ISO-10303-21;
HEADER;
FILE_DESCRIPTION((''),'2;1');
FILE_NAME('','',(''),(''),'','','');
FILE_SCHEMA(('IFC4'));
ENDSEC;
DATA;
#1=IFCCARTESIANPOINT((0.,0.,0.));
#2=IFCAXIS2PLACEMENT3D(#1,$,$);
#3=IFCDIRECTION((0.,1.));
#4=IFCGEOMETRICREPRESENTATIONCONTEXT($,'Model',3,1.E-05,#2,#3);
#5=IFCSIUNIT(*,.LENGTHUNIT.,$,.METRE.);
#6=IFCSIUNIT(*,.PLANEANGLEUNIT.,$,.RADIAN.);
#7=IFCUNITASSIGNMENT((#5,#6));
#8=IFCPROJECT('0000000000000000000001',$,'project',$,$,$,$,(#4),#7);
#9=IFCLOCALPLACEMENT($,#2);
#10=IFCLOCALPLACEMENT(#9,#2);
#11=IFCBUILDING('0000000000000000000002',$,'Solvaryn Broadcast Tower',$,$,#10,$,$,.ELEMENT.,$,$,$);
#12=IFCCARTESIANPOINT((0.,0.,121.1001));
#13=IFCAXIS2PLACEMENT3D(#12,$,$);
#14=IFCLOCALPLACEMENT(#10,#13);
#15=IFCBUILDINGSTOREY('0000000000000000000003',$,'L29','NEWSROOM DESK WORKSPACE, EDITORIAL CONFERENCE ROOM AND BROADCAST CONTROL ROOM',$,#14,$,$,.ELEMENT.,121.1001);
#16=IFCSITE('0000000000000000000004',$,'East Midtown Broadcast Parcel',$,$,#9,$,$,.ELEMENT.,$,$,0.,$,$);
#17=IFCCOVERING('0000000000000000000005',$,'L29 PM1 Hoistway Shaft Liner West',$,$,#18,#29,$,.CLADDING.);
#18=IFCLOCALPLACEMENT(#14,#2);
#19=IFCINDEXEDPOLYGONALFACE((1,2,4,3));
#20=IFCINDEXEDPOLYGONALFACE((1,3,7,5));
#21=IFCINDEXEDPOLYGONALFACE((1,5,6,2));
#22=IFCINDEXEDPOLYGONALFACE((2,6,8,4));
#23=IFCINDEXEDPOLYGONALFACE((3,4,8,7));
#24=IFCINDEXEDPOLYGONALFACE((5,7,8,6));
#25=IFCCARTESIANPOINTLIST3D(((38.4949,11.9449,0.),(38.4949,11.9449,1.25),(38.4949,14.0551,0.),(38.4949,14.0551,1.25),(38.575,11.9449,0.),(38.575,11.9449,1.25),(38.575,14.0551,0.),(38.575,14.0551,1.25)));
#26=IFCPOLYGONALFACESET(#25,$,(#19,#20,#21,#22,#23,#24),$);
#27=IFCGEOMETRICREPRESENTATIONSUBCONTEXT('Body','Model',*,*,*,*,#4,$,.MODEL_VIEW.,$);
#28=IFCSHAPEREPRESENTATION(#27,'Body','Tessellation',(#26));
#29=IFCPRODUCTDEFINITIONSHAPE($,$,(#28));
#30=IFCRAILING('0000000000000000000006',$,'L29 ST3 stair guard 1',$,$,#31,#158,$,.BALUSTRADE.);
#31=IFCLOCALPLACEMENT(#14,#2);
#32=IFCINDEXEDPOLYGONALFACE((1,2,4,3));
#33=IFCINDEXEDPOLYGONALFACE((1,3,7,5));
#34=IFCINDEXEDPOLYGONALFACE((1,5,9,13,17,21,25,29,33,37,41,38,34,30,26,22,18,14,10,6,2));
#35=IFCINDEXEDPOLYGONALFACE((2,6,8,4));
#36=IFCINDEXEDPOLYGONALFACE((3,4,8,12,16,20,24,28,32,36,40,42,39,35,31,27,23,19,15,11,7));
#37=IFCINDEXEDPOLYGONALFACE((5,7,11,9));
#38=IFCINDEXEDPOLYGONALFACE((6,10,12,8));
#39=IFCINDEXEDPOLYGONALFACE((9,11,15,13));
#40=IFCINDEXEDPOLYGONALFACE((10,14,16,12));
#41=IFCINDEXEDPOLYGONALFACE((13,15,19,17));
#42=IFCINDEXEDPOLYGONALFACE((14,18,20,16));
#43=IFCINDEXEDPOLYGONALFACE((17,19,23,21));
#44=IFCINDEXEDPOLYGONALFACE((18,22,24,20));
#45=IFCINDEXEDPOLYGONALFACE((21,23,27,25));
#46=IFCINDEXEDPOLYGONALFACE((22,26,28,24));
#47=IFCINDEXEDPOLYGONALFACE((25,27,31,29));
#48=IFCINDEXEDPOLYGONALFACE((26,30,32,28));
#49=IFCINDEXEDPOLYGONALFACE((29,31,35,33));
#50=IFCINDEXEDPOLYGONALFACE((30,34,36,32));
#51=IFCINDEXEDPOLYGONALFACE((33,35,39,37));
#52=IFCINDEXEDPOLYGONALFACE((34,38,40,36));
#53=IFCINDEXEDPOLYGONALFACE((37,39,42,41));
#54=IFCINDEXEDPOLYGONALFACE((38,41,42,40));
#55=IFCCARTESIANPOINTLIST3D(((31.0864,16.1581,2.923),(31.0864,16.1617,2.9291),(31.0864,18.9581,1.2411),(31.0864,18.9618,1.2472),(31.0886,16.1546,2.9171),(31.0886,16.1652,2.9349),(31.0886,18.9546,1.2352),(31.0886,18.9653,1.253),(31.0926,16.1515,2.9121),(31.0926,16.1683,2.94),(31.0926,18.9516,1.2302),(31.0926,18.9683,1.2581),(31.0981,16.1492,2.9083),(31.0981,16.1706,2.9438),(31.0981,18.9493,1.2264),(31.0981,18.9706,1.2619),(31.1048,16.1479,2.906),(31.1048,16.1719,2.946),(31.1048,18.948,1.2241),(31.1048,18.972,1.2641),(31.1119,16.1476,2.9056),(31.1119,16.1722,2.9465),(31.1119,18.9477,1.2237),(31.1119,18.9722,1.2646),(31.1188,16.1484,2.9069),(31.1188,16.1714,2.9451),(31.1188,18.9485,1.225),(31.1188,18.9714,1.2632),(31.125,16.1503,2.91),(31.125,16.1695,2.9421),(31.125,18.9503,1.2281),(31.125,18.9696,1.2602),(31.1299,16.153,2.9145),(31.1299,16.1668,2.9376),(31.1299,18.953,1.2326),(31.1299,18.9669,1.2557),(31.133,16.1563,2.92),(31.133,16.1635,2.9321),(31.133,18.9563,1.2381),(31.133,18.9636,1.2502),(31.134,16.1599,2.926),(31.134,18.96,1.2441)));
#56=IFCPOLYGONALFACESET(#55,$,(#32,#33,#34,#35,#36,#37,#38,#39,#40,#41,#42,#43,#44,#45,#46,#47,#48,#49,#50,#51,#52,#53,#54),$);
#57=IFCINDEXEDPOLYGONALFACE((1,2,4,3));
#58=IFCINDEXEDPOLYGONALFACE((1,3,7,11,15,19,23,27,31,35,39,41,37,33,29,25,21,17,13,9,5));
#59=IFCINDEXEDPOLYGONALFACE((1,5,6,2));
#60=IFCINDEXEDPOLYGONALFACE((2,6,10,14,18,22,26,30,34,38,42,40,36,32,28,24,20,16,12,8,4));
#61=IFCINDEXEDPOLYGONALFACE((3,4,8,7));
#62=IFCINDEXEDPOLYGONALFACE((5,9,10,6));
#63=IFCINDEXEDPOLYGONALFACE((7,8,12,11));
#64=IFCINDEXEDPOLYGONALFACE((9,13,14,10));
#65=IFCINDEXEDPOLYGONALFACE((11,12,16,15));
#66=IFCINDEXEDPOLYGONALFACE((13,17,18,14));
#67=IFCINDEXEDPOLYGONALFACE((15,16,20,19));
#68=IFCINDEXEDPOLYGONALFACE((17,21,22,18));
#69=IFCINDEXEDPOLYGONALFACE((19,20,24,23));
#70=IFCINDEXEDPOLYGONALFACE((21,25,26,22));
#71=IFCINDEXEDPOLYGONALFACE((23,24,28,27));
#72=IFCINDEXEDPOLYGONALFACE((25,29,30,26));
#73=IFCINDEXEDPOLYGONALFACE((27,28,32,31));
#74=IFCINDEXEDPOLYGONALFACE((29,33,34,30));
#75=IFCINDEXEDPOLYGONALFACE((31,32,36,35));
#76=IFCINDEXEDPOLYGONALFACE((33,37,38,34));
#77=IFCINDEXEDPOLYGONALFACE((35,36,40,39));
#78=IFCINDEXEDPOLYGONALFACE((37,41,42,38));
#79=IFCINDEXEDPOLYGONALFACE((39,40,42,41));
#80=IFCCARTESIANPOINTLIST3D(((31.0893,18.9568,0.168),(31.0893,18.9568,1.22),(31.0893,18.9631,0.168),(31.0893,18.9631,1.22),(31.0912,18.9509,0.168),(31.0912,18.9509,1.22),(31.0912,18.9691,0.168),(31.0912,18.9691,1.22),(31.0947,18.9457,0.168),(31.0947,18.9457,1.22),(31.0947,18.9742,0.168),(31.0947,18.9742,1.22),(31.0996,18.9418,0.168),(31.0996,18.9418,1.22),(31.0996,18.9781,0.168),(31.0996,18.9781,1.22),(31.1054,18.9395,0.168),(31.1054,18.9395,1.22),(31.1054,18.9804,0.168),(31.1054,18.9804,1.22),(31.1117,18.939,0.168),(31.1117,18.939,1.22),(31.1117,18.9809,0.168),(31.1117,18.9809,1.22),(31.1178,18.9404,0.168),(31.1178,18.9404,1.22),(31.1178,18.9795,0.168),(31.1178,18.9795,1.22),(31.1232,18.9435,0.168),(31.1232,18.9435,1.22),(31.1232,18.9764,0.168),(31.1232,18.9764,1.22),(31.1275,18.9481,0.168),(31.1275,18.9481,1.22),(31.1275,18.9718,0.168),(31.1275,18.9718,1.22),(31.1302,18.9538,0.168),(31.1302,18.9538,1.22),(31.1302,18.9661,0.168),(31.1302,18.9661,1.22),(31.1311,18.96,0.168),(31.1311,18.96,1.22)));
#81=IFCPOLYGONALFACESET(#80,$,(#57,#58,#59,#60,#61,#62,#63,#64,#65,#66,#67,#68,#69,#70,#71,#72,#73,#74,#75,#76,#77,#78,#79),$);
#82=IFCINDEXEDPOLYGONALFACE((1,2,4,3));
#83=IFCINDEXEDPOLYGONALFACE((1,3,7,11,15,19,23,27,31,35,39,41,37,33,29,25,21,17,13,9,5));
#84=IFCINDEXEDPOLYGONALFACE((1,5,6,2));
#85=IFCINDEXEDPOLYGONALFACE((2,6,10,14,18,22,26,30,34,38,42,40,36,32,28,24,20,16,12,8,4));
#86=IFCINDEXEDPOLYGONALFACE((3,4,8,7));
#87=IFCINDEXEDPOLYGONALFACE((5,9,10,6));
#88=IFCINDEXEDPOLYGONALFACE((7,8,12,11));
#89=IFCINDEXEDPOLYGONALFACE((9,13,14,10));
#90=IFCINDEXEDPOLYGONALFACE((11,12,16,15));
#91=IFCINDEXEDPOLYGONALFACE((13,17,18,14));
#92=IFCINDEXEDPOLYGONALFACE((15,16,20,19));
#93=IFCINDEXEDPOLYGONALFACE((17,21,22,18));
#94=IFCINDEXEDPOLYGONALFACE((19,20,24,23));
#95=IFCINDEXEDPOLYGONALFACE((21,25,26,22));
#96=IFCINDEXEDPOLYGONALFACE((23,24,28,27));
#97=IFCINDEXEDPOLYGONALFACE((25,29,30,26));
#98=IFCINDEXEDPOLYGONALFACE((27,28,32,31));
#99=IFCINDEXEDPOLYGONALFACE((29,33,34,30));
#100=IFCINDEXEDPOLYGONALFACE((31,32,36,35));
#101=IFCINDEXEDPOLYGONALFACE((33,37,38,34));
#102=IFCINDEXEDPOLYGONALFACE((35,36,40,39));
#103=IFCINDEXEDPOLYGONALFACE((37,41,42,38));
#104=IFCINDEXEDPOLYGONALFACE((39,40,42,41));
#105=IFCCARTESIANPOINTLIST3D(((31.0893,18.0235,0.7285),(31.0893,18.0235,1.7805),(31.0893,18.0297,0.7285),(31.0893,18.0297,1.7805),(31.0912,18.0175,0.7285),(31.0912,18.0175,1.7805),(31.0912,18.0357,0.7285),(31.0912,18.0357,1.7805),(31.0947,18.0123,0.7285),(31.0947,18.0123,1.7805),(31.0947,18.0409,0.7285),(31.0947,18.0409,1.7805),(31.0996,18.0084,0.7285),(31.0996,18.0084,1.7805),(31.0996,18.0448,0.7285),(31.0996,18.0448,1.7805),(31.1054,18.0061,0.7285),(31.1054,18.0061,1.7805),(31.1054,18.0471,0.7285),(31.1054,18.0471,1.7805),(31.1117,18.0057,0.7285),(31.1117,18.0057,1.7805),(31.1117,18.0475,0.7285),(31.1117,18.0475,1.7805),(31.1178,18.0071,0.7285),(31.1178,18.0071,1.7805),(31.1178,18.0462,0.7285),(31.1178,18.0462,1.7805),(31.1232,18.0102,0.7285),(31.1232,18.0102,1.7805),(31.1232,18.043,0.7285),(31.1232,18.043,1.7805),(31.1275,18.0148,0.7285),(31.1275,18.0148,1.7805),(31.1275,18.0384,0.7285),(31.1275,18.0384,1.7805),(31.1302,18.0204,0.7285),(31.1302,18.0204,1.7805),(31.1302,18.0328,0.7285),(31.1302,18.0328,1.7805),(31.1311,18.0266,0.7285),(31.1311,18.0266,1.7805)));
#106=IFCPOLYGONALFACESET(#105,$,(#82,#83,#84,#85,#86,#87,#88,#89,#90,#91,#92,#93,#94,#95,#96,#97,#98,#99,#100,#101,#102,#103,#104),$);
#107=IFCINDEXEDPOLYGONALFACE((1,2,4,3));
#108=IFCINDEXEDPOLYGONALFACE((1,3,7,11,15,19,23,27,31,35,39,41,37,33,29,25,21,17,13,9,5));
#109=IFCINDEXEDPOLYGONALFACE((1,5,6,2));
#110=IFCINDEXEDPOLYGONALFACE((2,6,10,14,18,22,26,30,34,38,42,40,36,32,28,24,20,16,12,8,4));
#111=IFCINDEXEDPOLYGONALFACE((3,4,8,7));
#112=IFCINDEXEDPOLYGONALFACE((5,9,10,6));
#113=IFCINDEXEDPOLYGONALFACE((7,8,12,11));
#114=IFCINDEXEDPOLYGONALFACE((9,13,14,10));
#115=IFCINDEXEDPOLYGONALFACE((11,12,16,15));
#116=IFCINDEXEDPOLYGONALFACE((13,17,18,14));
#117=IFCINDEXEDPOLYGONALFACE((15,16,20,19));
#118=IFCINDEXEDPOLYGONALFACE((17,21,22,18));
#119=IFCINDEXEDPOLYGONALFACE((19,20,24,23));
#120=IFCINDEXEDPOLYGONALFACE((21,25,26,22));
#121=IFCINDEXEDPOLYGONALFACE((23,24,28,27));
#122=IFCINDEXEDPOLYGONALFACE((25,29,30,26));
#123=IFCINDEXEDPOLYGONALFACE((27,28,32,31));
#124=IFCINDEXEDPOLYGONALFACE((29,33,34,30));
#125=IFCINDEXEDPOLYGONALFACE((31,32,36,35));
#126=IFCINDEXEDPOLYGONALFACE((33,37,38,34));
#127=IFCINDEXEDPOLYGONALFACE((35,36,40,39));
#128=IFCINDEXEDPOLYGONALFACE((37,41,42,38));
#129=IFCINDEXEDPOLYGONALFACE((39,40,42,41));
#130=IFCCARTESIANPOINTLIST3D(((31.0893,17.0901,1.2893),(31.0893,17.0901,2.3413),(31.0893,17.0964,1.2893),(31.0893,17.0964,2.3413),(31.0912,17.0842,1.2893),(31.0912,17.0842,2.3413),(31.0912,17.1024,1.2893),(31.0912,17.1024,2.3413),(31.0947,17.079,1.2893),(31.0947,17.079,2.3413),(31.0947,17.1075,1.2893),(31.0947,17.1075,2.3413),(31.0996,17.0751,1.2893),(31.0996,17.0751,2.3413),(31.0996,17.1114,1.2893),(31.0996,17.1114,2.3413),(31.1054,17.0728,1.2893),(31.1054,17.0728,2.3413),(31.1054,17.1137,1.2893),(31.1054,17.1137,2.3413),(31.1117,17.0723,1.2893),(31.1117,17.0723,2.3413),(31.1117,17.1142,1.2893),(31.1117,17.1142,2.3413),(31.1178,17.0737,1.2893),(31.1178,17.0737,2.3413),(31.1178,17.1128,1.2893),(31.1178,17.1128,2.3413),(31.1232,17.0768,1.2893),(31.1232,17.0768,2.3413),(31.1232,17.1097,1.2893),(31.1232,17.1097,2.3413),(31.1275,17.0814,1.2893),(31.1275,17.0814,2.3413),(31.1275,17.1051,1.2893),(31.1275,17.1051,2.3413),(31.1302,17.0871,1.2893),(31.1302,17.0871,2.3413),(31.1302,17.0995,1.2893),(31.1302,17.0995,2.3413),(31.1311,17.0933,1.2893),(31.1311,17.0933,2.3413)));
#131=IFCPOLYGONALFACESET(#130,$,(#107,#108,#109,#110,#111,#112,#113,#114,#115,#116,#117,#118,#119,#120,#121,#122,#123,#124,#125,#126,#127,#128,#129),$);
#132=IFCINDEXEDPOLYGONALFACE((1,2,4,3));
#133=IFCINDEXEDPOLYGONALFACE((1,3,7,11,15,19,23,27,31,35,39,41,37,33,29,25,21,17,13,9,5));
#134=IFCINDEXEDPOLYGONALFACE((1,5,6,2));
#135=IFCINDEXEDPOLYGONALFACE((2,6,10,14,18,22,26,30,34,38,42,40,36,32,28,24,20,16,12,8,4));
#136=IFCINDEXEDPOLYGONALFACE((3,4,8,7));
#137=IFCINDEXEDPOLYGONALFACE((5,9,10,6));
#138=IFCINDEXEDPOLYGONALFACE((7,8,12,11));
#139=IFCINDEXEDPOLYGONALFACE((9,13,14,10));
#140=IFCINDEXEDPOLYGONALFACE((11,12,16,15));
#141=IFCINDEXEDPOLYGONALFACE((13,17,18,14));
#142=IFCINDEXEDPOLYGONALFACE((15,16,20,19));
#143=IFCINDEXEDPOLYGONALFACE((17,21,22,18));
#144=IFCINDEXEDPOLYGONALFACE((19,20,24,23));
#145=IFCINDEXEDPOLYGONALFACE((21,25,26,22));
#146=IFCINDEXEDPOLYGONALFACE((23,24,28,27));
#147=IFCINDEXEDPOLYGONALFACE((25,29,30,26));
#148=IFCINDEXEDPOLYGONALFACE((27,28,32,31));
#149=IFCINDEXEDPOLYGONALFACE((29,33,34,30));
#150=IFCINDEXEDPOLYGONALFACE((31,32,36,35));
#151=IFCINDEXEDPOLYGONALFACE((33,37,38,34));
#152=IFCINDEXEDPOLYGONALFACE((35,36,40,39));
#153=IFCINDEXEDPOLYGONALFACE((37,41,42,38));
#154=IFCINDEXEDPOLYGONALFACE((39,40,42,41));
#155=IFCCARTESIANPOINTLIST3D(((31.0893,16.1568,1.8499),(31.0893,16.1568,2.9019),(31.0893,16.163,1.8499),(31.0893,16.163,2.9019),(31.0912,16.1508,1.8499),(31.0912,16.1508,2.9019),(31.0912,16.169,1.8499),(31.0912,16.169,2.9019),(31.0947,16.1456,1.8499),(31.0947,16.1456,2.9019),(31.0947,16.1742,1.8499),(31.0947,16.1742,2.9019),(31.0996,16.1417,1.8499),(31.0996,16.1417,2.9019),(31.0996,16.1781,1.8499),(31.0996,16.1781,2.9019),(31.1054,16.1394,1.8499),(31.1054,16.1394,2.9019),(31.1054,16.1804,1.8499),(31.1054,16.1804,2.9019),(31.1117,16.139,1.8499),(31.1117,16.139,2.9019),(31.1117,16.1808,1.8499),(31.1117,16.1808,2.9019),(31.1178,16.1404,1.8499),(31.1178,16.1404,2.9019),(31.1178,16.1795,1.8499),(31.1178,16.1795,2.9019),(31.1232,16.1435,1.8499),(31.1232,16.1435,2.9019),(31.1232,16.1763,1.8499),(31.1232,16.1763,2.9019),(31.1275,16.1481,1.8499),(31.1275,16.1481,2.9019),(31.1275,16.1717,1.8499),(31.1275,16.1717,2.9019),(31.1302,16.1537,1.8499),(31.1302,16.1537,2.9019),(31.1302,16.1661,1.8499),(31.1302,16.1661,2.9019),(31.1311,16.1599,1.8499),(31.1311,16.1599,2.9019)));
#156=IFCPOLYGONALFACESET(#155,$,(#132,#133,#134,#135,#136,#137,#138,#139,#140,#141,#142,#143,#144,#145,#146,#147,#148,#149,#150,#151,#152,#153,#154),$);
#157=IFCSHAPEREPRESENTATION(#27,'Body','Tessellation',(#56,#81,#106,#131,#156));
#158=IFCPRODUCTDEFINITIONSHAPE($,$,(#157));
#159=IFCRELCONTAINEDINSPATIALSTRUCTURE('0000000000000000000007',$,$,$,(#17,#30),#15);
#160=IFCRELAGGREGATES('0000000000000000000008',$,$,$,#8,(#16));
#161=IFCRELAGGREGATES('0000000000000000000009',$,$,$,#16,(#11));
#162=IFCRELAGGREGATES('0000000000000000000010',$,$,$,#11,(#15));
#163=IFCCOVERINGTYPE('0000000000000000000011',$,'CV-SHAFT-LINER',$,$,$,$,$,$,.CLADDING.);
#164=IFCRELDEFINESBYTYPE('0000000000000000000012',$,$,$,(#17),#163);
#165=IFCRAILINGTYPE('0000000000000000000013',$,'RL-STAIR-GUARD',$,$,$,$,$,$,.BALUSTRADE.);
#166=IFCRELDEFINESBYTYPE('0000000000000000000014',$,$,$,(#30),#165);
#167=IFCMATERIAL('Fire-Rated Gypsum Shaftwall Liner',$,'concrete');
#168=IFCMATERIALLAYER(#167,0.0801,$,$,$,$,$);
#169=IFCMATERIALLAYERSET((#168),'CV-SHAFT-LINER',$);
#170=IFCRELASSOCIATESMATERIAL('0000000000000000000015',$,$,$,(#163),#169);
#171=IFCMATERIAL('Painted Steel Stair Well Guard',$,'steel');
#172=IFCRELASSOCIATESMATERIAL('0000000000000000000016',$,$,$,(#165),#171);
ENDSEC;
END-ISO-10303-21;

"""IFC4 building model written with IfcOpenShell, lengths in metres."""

from ifc_helpers import new_model, si_unit, direction, frame, origin, origin_2d, place, context, subcontext, project, spatial, rectangle, circle, extrude, material, layer, layer_set, type_object, element, save


model = new_model("IFC4")

# Units and contexts
model_context = context("Model", 3, precision=1e-05, world=origin(), true_north=direction((0.0, 1.0)))
body_context = subcontext(model_context, "Body", "Model", "MODEL_VIEW")
ifc_project = project(units=[si_unit("LENGTHUNIT", "METRE"), si_unit("PLANEANGLEUNIT", "RADIAN")], contexts=[model_context])

# Site, building, storey
site_placement = place(None, origin())
site = spatial("IfcSite", under=ifc_project, at=site_placement, Name="East Midtown Broadcast Parcel", CompositionType="ELEMENT", RefElevation=0.0)
building_placement = place(site_placement, origin())
building = spatial("IfcBuilding", under=site, at=building_placement, Name="Solvaryn Broadcast Tower", CompositionType="ELEMENT")
storey_placement = place(building_placement, frame((0.0, 0.0, 121.1001)))
storey = spatial("IfcBuildingStorey", under=building, at=storey_placement, Name="L29", Description="NEWSROOM DESK WORKSPACE, EDITORIAL CONFERENCE ROOM AND BROADCAST CONTROL ROOM", CompositionType="ELEMENT", Elevation=121.1001)

# Covering
ifc_material_1 = material(Name="Fire-Rated Gypsum Shaftwall Liner", Category="concrete")
ifc_layer_1 = layer(ifc_material_1, 0.0801)
ifc_layer_set_1 = layer_set([ifc_layer_1], Name="CV-SHAFT-LINER")
covering_type = type_object("IfcCoveringType", Name="CV-SHAFT-LINER", PredefinedType="CLADDING", material=ifc_layer_set_1)
covering_placement = place(storey_placement, frame((38.5349, 13.0, 0.0), z_axis=(0.0, 0.0, 1.0), x_axis=(1.0, 0.0, 0.0)))
element("IfcCovering", 1, at=covering_placement, inside=storey, type_object=covering_type, Name="L29 PM1 Hoistway Shaft Liner West", PredefinedType="CLADDING", context=body_context, shape_type="SweptSolid", body=[
    extrude(rectangle(XDim=0.0801, YDim=2.1101, at=origin_2d()), origin(), (0.0, 0.0, 1.0), 1.25),
])

# Railing
ifc_material_2 = material(Name="Painted Steel Stair Well Guard", Category="steel")
railing_type_1 = type_object("IfcRailingType", Name="RL-STAIR-GUARD", PredefinedType="BALUSTRADE", material=ifc_material_2)
railing_1_placement = place(storey_placement, frame((31.1101, 18.96, 0.168)))
element("IfcRailing", 2, at=railing_1_placement, inside=storey, type_object=railing_type_1, Name="L29 ST3 stair guard 1", PredefinedType="BALUSTRADE", context=body_context, shape_type="SweptSolid", body=[
    extrude(circle(Radius=0.0239, at=origin_2d()), frame((0.0, 0.0, 1.0762), z_axis=(0.0, -0.857242, 0.514913), x_axis=(1.0, 0.0, 0.0)), (0.0, 0.0, 1.0), 3.2664),
    extrude(circle(Radius=0.021, at=origin_2d()), origin(), (0.0, 0.0, 1.0), 1.052),
    extrude(circle(Radius=0.021, at=origin_2d()), frame((0.0, -0.9333, 0.5605)), (0.0, 0.0, 1.0), 1.052),
    extrude(circle(Radius=0.021, at=origin_2d()), frame((0.0, -1.8667, 1.1213)), (0.0, 0.0, 1.0), 1.052),
    extrude(circle(Radius=0.021, at=origin_2d()), frame((0.0, -2.8, 1.6819)), (0.0, 0.0, 1.0), 1.052),
])

save(model, "model.ifc")
